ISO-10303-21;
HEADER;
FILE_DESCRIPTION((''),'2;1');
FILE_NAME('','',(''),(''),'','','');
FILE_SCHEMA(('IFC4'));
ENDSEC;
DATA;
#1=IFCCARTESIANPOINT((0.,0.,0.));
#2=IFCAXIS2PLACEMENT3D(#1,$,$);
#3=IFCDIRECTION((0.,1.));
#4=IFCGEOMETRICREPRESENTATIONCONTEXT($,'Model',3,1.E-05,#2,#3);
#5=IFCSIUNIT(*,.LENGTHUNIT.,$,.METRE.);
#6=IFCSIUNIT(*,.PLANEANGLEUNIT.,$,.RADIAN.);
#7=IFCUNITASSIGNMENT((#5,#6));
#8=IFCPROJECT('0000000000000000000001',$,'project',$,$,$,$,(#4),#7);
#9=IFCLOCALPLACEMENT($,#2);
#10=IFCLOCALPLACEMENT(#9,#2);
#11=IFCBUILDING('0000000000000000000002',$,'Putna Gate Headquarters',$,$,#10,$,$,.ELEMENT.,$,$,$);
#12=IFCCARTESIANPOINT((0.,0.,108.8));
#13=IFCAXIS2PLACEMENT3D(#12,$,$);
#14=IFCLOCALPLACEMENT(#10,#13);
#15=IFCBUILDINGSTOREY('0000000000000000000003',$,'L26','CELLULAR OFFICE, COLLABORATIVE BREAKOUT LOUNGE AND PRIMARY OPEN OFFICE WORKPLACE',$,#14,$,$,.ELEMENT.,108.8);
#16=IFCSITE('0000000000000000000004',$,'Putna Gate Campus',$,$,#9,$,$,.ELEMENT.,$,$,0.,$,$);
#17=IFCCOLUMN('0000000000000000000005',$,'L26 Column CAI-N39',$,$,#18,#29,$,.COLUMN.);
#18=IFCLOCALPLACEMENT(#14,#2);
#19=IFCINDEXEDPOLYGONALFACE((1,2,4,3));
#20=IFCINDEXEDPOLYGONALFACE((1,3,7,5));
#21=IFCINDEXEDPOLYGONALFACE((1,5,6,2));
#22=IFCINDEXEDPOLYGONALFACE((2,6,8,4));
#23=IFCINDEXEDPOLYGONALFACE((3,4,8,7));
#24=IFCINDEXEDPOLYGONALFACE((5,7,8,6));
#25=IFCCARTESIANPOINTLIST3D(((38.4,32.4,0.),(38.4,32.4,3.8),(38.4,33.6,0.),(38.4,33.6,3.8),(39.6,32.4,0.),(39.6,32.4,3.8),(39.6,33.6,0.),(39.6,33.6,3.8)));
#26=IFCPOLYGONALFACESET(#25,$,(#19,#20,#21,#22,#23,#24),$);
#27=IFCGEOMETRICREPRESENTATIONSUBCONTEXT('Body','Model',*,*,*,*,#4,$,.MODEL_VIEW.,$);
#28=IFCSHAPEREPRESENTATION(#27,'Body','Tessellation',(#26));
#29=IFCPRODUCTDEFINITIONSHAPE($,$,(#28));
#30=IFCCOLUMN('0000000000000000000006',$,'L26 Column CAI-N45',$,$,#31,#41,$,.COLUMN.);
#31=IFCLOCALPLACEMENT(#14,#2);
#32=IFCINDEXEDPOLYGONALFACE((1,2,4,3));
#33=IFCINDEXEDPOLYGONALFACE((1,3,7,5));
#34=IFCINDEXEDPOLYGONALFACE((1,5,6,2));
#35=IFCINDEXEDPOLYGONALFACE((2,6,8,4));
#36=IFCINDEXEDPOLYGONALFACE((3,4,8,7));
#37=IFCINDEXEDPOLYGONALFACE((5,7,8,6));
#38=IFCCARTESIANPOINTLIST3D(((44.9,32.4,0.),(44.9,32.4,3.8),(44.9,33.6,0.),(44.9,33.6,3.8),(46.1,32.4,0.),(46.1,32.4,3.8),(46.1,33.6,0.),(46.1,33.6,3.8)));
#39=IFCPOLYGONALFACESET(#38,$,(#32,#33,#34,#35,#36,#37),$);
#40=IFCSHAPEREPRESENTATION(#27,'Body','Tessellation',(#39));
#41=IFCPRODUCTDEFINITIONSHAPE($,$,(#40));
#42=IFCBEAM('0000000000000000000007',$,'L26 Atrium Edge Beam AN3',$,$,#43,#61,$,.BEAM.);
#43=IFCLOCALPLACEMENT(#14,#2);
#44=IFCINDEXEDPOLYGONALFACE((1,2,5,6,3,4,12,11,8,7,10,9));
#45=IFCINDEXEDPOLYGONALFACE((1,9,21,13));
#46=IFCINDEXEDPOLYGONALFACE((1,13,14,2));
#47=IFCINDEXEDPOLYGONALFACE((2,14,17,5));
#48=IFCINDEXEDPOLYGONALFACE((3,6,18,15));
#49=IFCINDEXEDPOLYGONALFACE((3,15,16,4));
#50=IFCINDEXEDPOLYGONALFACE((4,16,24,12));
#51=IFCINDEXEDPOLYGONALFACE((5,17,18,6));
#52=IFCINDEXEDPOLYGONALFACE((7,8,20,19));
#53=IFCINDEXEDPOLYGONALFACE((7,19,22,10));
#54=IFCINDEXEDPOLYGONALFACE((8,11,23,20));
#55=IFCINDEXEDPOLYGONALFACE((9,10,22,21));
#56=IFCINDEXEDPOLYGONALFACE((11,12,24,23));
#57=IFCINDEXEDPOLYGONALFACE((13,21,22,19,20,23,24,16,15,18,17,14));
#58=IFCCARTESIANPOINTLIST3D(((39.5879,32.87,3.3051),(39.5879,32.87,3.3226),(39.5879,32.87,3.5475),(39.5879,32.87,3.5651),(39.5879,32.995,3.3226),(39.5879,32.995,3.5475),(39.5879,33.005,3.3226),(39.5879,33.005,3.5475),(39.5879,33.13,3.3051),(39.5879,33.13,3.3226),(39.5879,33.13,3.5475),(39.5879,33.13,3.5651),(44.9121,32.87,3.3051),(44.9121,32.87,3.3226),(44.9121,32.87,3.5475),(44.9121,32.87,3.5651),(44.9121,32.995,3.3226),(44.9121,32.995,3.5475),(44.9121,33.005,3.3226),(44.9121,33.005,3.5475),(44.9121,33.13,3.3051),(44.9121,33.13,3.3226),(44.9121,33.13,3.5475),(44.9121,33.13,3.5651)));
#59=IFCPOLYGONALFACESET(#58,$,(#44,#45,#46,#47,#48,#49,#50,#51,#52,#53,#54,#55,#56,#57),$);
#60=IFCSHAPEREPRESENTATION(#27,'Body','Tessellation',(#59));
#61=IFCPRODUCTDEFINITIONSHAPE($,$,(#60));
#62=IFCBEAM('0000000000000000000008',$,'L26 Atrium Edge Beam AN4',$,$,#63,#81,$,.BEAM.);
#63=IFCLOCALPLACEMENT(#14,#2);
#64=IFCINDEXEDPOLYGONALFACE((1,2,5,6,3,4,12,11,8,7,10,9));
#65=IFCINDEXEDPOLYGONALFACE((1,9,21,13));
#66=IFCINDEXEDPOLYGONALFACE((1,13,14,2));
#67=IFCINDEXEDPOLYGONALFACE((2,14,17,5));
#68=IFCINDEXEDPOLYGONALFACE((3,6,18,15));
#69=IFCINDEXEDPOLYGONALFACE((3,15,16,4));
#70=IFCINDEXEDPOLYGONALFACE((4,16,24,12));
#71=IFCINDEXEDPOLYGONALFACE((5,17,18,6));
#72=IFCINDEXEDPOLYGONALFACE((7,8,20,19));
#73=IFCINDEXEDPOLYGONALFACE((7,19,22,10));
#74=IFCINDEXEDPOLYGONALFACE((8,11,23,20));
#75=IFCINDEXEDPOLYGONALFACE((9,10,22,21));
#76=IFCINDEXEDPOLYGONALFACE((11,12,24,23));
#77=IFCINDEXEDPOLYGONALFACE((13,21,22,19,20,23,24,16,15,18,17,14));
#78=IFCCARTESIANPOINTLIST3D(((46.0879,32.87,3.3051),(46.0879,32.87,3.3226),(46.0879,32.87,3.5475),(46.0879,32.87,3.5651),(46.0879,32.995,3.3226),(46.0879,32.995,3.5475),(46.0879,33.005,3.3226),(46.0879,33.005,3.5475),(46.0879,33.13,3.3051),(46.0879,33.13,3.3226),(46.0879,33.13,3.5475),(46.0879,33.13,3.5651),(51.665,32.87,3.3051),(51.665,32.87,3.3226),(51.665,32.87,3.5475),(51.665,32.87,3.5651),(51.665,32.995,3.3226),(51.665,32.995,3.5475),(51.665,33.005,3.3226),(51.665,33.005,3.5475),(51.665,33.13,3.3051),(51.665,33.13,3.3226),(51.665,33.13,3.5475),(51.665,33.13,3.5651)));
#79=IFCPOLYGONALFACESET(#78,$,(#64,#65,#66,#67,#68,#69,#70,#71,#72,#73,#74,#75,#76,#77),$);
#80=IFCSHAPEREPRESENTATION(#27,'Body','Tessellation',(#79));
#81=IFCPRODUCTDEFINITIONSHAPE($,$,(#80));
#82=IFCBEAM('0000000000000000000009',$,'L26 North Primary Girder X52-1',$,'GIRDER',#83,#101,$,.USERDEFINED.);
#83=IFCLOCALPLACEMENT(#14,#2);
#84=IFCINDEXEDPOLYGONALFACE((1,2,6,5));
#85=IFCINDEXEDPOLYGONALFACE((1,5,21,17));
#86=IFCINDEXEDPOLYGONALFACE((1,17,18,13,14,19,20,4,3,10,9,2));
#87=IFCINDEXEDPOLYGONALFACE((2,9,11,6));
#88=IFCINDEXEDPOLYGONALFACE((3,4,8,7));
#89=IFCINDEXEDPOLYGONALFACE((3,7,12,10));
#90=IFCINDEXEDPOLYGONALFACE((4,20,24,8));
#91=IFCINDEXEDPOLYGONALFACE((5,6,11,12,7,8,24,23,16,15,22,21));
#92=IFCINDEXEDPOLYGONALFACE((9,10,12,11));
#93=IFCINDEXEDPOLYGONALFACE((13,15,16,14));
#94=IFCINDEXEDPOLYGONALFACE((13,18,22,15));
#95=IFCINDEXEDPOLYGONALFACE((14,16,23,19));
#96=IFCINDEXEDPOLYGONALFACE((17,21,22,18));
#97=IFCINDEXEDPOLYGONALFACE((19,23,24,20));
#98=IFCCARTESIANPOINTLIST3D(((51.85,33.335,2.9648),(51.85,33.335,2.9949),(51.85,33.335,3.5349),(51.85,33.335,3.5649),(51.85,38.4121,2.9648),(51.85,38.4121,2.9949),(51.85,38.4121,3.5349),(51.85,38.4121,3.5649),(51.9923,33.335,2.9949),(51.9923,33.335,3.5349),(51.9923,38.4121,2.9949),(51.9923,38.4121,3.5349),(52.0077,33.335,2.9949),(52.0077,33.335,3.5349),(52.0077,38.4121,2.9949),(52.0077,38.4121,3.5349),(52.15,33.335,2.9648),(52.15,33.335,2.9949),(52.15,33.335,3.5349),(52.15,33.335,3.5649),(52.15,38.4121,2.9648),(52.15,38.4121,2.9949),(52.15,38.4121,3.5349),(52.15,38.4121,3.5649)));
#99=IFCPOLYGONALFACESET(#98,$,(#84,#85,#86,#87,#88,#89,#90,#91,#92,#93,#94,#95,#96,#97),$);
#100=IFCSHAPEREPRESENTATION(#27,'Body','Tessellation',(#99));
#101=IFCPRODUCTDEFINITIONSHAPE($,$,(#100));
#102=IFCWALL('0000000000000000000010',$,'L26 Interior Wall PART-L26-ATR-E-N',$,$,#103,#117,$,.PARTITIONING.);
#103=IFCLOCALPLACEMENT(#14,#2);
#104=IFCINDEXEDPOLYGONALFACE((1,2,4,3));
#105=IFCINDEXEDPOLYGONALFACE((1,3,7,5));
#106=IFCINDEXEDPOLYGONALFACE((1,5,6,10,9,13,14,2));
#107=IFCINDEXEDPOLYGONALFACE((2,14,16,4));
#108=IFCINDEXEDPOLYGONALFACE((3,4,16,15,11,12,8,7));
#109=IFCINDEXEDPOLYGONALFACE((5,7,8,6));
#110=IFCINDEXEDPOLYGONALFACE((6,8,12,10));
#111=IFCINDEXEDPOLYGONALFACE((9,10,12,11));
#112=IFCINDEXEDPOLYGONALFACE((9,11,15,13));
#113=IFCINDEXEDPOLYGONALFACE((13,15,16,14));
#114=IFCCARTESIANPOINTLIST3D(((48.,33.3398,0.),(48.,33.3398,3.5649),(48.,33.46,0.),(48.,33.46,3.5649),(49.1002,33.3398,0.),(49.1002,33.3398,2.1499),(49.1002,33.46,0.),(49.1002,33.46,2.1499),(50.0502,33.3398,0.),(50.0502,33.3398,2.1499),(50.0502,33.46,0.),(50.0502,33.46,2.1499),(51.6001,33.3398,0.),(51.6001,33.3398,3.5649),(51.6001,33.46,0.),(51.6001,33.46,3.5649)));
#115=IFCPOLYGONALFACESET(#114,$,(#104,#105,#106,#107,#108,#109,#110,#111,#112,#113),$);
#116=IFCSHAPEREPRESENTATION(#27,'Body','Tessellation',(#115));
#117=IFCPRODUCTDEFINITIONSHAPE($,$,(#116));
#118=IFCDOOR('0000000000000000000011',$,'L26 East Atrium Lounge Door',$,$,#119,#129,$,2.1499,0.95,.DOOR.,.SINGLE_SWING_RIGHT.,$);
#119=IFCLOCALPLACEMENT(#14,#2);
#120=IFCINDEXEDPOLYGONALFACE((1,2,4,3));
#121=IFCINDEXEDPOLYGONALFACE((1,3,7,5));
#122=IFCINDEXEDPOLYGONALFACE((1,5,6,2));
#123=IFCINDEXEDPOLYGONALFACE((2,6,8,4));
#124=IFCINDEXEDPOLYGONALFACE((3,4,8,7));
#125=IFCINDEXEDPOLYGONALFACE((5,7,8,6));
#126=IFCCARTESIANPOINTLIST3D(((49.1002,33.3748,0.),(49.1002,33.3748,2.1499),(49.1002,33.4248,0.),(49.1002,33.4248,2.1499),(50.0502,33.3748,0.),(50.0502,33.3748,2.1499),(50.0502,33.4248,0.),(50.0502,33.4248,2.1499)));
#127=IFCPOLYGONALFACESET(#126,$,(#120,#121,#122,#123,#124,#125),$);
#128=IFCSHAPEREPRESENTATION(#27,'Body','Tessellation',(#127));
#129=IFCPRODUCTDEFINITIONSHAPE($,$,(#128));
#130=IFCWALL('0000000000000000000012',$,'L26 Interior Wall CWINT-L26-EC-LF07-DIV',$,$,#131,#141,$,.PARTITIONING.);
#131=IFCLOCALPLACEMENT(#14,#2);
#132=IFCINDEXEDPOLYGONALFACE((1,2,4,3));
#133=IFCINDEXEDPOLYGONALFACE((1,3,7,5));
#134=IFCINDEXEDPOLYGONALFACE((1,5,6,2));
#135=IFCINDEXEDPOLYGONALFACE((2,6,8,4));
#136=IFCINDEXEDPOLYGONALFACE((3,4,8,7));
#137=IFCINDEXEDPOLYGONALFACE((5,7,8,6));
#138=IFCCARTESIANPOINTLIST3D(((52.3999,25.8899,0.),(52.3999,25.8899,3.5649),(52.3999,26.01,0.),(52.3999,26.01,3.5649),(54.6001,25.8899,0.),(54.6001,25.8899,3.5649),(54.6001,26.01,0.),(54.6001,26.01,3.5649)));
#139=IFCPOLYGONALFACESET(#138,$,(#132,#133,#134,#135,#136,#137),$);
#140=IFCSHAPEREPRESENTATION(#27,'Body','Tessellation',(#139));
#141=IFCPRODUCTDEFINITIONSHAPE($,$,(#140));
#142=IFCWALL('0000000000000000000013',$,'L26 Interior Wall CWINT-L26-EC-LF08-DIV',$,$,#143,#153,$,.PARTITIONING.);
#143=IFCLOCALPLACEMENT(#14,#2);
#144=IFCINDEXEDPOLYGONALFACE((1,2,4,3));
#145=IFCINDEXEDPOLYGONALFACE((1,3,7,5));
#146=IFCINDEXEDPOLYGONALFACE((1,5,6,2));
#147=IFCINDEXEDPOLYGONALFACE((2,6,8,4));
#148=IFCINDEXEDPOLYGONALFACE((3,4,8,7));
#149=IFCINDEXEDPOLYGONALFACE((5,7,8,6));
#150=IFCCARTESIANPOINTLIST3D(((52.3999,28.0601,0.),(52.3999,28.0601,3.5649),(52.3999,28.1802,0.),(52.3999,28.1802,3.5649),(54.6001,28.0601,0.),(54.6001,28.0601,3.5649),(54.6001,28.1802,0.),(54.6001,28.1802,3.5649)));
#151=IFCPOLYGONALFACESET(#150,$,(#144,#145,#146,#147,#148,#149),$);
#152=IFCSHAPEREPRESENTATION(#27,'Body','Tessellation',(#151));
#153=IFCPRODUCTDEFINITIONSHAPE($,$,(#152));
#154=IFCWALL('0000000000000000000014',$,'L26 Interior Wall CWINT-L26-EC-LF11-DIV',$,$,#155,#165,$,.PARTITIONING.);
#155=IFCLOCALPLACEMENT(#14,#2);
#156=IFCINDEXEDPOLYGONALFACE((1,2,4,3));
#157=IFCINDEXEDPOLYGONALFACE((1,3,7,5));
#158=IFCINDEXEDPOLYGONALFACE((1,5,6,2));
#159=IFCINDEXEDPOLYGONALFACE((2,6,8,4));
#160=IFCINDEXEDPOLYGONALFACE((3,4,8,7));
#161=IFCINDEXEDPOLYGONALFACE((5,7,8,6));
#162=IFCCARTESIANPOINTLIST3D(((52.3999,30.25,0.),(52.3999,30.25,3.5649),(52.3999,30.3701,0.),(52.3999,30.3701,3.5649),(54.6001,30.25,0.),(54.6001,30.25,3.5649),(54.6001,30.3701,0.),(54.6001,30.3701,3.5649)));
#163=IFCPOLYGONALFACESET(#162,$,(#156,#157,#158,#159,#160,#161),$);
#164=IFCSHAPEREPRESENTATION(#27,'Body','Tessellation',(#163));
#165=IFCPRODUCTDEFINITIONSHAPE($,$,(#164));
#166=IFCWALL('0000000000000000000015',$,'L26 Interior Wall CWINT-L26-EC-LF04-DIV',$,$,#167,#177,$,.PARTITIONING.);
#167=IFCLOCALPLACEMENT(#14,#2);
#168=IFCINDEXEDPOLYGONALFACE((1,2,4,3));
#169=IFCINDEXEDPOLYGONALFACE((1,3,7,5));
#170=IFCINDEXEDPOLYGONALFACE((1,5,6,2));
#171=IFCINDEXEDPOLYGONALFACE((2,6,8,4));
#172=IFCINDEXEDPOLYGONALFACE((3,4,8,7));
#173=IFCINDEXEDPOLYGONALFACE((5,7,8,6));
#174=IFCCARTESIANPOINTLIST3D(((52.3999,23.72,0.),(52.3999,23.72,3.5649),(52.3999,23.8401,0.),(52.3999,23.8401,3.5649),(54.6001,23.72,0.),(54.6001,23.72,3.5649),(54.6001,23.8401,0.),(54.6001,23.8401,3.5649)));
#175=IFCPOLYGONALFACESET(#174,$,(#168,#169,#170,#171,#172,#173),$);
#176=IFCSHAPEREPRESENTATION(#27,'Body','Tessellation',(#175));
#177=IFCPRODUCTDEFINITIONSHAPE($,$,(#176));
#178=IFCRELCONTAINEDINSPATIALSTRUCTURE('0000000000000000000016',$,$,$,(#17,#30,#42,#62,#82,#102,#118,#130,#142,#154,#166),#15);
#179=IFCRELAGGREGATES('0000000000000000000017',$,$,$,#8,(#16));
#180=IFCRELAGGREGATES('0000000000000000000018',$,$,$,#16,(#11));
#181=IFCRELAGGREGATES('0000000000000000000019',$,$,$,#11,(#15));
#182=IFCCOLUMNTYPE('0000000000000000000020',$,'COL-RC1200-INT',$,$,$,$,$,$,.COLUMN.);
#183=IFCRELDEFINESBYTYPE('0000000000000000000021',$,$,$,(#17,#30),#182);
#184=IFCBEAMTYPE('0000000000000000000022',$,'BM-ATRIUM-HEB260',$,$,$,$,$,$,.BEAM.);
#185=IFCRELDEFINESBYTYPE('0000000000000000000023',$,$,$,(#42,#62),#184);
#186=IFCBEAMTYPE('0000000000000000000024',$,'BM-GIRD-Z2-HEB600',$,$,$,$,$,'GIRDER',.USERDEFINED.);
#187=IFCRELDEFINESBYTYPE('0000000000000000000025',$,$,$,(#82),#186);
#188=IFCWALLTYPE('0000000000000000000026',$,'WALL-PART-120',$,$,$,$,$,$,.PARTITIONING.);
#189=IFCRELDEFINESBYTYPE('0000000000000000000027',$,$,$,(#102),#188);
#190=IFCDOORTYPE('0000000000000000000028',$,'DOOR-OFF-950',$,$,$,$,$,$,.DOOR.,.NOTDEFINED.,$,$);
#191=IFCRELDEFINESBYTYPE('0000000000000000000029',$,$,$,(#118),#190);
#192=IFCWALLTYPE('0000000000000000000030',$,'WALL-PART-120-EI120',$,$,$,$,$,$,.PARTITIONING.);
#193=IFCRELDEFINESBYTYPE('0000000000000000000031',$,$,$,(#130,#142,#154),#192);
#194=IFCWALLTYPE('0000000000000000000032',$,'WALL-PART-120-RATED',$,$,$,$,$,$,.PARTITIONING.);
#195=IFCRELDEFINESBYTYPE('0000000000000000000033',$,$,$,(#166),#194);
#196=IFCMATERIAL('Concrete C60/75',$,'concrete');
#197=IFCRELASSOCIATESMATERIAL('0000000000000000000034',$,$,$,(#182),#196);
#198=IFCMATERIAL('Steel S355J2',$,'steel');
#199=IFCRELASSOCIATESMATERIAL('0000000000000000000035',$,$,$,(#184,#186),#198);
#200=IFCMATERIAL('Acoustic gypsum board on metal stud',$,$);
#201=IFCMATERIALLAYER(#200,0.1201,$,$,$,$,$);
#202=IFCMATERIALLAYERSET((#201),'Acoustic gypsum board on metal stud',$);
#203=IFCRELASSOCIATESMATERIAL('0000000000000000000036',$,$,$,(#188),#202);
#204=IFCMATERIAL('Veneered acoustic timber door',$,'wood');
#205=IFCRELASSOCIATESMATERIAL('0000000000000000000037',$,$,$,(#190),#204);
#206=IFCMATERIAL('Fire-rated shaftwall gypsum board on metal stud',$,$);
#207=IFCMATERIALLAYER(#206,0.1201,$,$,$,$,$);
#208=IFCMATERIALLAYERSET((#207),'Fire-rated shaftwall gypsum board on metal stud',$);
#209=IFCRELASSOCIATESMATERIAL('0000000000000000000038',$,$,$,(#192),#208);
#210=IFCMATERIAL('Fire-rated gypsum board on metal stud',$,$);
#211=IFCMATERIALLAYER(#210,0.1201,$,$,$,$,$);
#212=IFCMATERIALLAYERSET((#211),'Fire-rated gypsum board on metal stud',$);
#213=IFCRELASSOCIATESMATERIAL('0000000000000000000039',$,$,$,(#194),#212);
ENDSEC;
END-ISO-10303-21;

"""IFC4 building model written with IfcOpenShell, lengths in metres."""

from ifc_helpers import new_model, si_unit, direction, frame, frame_2d, origin, origin_2d, place, context, subcontext, project, spatial, rectangle, i_section, extrude, material, layer, layer_set, material_profile, profile_set, type_object, element, fill, save


model = new_model("IFC4")

# Units and contexts
model_context = context("Model", 3, precision=1e-05, world=origin(), true_north=direction((0.0, 1.0)))
body_context = subcontext(model_context, "Body", "Model", "MODEL_VIEW")
ifc_project = project(units=[si_unit("LENGTHUNIT", "METRE"), si_unit("PLANEANGLEUNIT", "RADIAN")], contexts=[model_context])

# Site, building, storey
site_placement = place(None, origin())
site = spatial("IfcSite", under=ifc_project, at=site_placement, Name="Putna Gate Campus", CompositionType="ELEMENT", RefElevation=0.0)
building_placement = place(site_placement, origin())
building = spatial("IfcBuilding", under=site, at=building_placement, Name="Putna Gate Headquarters", CompositionType="ELEMENT")
storey_placement = place(building_placement, frame((0.0, 0.0, 108.8)))
storey = spatial("IfcBuildingStorey", under=building, at=storey_placement, Name="L26", Description="CELLULAR OFFICE, COLLABORATIVE BREAKOUT LOUNGE AND PRIMARY OPEN OFFICE WORKPLACE", CompositionType="ELEMENT", Elevation=108.8)

# Columns
ifc_material_1 = material(Name="Concrete C60/75", Category="concrete")
ifc_material_profile_1 = material_profile(ifc_material_1, rectangle(XDim=1.2, YDim=1.2, at=origin_2d()), Name="Concrete C60/75")
ifc_profile_set_1 = profile_set([ifc_material_profile_1], Name="Concrete C60/75")
column_type = type_object("IfcColumnType", Name="COL-RC1200-INT", PredefinedType="COLUMN", material=ifc_profile_set_1)
for number, where, z_axis, x_axis, name in (
    (1, (39.0, 33.0, 0.0), (0.0, 0.0, 1.0), (1.0, 0.0, 0.0), "L26 Column CAI-N39"),
    (2, (45.5, 33.0, 0.0), (0.0, 0.0, 1.0), (1.0, 0.0, 0.0), "L26 Column CAI-N45"),
):
    element("IfcColumn", number, at=place(storey_placement, frame(where, z_axis=z_axis, x_axis=x_axis)), inside=storey, type_object=column_type, Name=name, PredefinedType="COLUMN", context=body_context, shape_type="SweptSolid", body=[
        extrude(rectangle(XDim=1.2, YDim=1.2, at=origin_2d()), origin(), (0.0, 0.0, 1.0), 3.8),
    ])

# Beams
ifc_material_2 = material(Name="Steel S355J2", Category="steel")
ifc_material_profile_2 = material_profile(ifc_material_2, i_section(OverallWidth=0.26, OverallDepth=0.26, WebThickness=0.01, FlangeThickness=0.0176, at=origin_2d()), Name="Steel S355J2")
ifc_profile_set_2 = profile_set([ifc_material_profile_2], Name="Steel S355J2")
beam_type_1 = type_object("IfcBeamType", Name="BM-ATRIUM-HEB260", PredefinedType="BEAM", material=ifc_profile_set_2)
beam_1_placement = place(storey_placement, frame((39.5879, 33.0, 3.4351), z_axis=(1.0, 0.0, 0.0), x_axis=(0.0, 1.0, 0.0)))
element("IfcBeam", 3, at=beam_1_placement, inside=storey, type_object=beam_type_1, Name="L26 Atrium Edge Beam AN3", PredefinedType="BEAM", context=body_context, shape_type="SweptSolid", body=[
    extrude(i_section(OverallWidth=0.26, OverallDepth=0.26, WebThickness=0.01, FlangeThickness=0.0176, at=origin_2d()), origin(), (0.0, 0.0, 1.0), 5.3242),
])
beam_2_placement = place(storey_placement, frame((46.0879, 33.0, 3.4351), z_axis=(1.0, 0.0, 0.0), x_axis=(0.0, 1.0, 0.0)))
element("IfcBeam", 4, at=beam_2_placement, inside=storey, type_object=beam_type_1, Name="L26 Atrium Edge Beam AN4", PredefinedType="BEAM", context=body_context, shape_type="SweptSolid", body=[
    extrude(i_section(OverallWidth=0.26, OverallDepth=0.26, WebThickness=0.01, FlangeThickness=0.0176, at=origin_2d()), origin(), (0.0, 0.0, 1.0), 5.5771),
])
ifc_material_profile_3 = material_profile(ifc_material_2, i_section(OverallWidth=0.3, OverallDepth=0.6001, WebThickness=0.0154, FlangeThickness=0.03, at=origin_2d()), Name="Steel S355J2")
ifc_profile_set_3 = profile_set([ifc_material_profile_3], Name="Steel S355J2")
beam_type_2 = type_object("IfcBeamType", Name="BM-GIRD-Z2-HEB600", ElementType="GIRDER", PredefinedType="USERDEFINED", material=ifc_profile_set_3)
beam_3_placement = place(storey_placement, frame((52.0, 33.335, 3.2649), z_axis=(0.0, 1.0, 0.0), x_axis=(-1.0, 0.0, 0.0)))
element("IfcBeam", 5, at=beam_3_placement, inside=storey, type_object=beam_type_2, Name="L26 North Primary Girder X52-1", ObjectType="GIRDER", PredefinedType="USERDEFINED", context=body_context, shape_type="SweptSolid", body=[
    extrude(i_section(OverallWidth=0.3, OverallDepth=0.6001, WebThickness=0.0154, FlangeThickness=0.03, at=origin_2d()), origin(), (0.0, 0.0, 1.0), 5.0771),
])

# Wall, opening, door
ifc_material_3 = material(Name="Acoustic gypsum board on metal stud")
ifc_layer_1 = layer(ifc_material_3, 0.1201)
ifc_layer_set_1 = layer_set([ifc_layer_1], Name="Acoustic gypsum board on metal stud")
wall_type_1 = type_object("IfcWallType", Name="WALL-PART-120", PredefinedType="PARTITIONING", material=ifc_layer_set_1)
wall_1_placement = place(storey_placement, frame((48.0, 33.3999, 0.0), z_axis=(0.0, 0.0, 1.0), x_axis=(1.0, 0.0, 0.0)))
wall_1 = element("IfcWall", 6, at=wall_1_placement, inside=storey, type_object=wall_type_1, Name="L26 Interior Wall PART-L26-ATR-E-N", PredefinedType="PARTITIONING", context=body_context, shape_type="SweptSolid", body=[
    extrude(rectangle(XDim=3.6001, YDim=0.1201, at=frame_2d((1.8, 0.0))), origin(), (0.0, 0.0, 1.0), 3.5649),
])
opening_1_placement = place(wall_1_placement, frame((1.1001, 0.0, 0.0)))
opening_1 = element("IfcOpeningElement", 7, at=opening_1_placement, cuts=wall_1, PredefinedType="OPENING", context=body_context, shape_type="SweptSolid", body=[
    extrude(rectangle(XDim=0.95, YDim=2.1499, at=frame_2d((0.4751, 1.075))), frame((0.0, 0.0701, 0.0), z_axis=(0.0, -1.0, 0.0), x_axis=(1.0, 0.0, 0.0)), (0.0, 0.0, 1.0), 0.1401),
])
ifc_material_4 = material(Name="Veneered acoustic timber door", Category="wood")
door_type_1 = type_object("IfcDoorType", Name="DOOR-OFF-950", OperationType="NOTDEFINED", PredefinedType="DOOR", material=ifc_material_4)
door_1_placement = place(opening_1_placement, origin())
door_1 = element("IfcDoor", 8, at=door_1_placement, inside=storey, type_object=door_type_1, Name="L26 East Atrium Lounge Door", OperationType="SINGLE_SWING_RIGHT", OverallHeight=2.1499, OverallWidth=0.95, PredefinedType="DOOR", context=body_context, shape_type="SweptSolid", body=[
    extrude(rectangle(XDim=0.95, YDim=2.1499, at=frame_2d((0.4751, 1.075))), frame((0.0, 0.0249, 0.0), z_axis=(0.0, -1.0, 0.0), x_axis=(1.0, 0.0, 0.0)), (0.0, 0.0, 1.0), 0.05),
])
fill(opening_1, door_1)

# Walls
ifc_material_5 = material(Name="Fire-rated shaftwall gypsum board on metal stud")
ifc_layer_2 = layer(ifc_material_5, 0.1201)
ifc_layer_set_2 = layer_set([ifc_layer_2], Name="Fire-rated shaftwall gypsum board on metal stud")
wall_type_2 = type_object("IfcWallType", Name="WALL-PART-120-EI120", PredefinedType="PARTITIONING", material=ifc_layer_set_2)
for number, where, z_axis, x_axis, name in (
    (9, (52.3999, 25.95, 0.0), (0.0, 0.0, 1.0), (1.0, 0.0, 0.0), "L26 Interior Wall CWINT-L26-EC-LF07-DIV"),
    (10, (52.3999, 28.1201, 0.0), (0.0, 0.0, 1.0), (1.0, 0.0, 0.0), "L26 Interior Wall CWINT-L26-EC-LF08-DIV"),
    (11, (52.3999, 30.3101, 0.0), (0.0, 0.0, 1.0), (1.0, 0.0, 0.0), "L26 Interior Wall CWINT-L26-EC-LF11-DIV"),
):
    element("IfcWall", number, at=place(storey_placement, frame(where, z_axis=z_axis, x_axis=x_axis)), inside=storey, type_object=wall_type_2, Name=name, PredefinedType="PARTITIONING", context=body_context, shape_type="SweptSolid", body=[
        extrude(rectangle(XDim=2.2002, YDim=0.1201, at=frame_2d((1.1001, 0.0))), origin(), (0.0, 0.0, 1.0), 3.5649),
    ])
ifc_material_6 = material(Name="Fire-rated gypsum board on metal stud")
ifc_layer_3 = layer(ifc_material_6, 0.1201)
ifc_layer_set_3 = layer_set([ifc_layer_3], Name="Fire-rated gypsum board on metal stud")
wall_type_3 = type_object("IfcWallType", Name="WALL-PART-120-RATED", PredefinedType="PARTITIONING", material=ifc_layer_set_3)
wall_2_placement = place(storey_placement, frame((52.3999, 23.78, 0.0), z_axis=(0.0, 0.0, 1.0), x_axis=(1.0, 0.0, 0.0)))
element("IfcWall", 12, at=wall_2_placement, inside=storey, type_object=wall_type_3, Name="L26 Interior Wall CWINT-L26-EC-LF04-DIV", PredefinedType="PARTITIONING", context=body_context, shape_type="SweptSolid", body=[
    extrude(rectangle(XDim=2.2002, YDim=0.1201, at=frame_2d((1.1001, 0.0))), origin(), (0.0, 0.0, 1.0), 3.5649),
])

save(model, "model.ifc")
